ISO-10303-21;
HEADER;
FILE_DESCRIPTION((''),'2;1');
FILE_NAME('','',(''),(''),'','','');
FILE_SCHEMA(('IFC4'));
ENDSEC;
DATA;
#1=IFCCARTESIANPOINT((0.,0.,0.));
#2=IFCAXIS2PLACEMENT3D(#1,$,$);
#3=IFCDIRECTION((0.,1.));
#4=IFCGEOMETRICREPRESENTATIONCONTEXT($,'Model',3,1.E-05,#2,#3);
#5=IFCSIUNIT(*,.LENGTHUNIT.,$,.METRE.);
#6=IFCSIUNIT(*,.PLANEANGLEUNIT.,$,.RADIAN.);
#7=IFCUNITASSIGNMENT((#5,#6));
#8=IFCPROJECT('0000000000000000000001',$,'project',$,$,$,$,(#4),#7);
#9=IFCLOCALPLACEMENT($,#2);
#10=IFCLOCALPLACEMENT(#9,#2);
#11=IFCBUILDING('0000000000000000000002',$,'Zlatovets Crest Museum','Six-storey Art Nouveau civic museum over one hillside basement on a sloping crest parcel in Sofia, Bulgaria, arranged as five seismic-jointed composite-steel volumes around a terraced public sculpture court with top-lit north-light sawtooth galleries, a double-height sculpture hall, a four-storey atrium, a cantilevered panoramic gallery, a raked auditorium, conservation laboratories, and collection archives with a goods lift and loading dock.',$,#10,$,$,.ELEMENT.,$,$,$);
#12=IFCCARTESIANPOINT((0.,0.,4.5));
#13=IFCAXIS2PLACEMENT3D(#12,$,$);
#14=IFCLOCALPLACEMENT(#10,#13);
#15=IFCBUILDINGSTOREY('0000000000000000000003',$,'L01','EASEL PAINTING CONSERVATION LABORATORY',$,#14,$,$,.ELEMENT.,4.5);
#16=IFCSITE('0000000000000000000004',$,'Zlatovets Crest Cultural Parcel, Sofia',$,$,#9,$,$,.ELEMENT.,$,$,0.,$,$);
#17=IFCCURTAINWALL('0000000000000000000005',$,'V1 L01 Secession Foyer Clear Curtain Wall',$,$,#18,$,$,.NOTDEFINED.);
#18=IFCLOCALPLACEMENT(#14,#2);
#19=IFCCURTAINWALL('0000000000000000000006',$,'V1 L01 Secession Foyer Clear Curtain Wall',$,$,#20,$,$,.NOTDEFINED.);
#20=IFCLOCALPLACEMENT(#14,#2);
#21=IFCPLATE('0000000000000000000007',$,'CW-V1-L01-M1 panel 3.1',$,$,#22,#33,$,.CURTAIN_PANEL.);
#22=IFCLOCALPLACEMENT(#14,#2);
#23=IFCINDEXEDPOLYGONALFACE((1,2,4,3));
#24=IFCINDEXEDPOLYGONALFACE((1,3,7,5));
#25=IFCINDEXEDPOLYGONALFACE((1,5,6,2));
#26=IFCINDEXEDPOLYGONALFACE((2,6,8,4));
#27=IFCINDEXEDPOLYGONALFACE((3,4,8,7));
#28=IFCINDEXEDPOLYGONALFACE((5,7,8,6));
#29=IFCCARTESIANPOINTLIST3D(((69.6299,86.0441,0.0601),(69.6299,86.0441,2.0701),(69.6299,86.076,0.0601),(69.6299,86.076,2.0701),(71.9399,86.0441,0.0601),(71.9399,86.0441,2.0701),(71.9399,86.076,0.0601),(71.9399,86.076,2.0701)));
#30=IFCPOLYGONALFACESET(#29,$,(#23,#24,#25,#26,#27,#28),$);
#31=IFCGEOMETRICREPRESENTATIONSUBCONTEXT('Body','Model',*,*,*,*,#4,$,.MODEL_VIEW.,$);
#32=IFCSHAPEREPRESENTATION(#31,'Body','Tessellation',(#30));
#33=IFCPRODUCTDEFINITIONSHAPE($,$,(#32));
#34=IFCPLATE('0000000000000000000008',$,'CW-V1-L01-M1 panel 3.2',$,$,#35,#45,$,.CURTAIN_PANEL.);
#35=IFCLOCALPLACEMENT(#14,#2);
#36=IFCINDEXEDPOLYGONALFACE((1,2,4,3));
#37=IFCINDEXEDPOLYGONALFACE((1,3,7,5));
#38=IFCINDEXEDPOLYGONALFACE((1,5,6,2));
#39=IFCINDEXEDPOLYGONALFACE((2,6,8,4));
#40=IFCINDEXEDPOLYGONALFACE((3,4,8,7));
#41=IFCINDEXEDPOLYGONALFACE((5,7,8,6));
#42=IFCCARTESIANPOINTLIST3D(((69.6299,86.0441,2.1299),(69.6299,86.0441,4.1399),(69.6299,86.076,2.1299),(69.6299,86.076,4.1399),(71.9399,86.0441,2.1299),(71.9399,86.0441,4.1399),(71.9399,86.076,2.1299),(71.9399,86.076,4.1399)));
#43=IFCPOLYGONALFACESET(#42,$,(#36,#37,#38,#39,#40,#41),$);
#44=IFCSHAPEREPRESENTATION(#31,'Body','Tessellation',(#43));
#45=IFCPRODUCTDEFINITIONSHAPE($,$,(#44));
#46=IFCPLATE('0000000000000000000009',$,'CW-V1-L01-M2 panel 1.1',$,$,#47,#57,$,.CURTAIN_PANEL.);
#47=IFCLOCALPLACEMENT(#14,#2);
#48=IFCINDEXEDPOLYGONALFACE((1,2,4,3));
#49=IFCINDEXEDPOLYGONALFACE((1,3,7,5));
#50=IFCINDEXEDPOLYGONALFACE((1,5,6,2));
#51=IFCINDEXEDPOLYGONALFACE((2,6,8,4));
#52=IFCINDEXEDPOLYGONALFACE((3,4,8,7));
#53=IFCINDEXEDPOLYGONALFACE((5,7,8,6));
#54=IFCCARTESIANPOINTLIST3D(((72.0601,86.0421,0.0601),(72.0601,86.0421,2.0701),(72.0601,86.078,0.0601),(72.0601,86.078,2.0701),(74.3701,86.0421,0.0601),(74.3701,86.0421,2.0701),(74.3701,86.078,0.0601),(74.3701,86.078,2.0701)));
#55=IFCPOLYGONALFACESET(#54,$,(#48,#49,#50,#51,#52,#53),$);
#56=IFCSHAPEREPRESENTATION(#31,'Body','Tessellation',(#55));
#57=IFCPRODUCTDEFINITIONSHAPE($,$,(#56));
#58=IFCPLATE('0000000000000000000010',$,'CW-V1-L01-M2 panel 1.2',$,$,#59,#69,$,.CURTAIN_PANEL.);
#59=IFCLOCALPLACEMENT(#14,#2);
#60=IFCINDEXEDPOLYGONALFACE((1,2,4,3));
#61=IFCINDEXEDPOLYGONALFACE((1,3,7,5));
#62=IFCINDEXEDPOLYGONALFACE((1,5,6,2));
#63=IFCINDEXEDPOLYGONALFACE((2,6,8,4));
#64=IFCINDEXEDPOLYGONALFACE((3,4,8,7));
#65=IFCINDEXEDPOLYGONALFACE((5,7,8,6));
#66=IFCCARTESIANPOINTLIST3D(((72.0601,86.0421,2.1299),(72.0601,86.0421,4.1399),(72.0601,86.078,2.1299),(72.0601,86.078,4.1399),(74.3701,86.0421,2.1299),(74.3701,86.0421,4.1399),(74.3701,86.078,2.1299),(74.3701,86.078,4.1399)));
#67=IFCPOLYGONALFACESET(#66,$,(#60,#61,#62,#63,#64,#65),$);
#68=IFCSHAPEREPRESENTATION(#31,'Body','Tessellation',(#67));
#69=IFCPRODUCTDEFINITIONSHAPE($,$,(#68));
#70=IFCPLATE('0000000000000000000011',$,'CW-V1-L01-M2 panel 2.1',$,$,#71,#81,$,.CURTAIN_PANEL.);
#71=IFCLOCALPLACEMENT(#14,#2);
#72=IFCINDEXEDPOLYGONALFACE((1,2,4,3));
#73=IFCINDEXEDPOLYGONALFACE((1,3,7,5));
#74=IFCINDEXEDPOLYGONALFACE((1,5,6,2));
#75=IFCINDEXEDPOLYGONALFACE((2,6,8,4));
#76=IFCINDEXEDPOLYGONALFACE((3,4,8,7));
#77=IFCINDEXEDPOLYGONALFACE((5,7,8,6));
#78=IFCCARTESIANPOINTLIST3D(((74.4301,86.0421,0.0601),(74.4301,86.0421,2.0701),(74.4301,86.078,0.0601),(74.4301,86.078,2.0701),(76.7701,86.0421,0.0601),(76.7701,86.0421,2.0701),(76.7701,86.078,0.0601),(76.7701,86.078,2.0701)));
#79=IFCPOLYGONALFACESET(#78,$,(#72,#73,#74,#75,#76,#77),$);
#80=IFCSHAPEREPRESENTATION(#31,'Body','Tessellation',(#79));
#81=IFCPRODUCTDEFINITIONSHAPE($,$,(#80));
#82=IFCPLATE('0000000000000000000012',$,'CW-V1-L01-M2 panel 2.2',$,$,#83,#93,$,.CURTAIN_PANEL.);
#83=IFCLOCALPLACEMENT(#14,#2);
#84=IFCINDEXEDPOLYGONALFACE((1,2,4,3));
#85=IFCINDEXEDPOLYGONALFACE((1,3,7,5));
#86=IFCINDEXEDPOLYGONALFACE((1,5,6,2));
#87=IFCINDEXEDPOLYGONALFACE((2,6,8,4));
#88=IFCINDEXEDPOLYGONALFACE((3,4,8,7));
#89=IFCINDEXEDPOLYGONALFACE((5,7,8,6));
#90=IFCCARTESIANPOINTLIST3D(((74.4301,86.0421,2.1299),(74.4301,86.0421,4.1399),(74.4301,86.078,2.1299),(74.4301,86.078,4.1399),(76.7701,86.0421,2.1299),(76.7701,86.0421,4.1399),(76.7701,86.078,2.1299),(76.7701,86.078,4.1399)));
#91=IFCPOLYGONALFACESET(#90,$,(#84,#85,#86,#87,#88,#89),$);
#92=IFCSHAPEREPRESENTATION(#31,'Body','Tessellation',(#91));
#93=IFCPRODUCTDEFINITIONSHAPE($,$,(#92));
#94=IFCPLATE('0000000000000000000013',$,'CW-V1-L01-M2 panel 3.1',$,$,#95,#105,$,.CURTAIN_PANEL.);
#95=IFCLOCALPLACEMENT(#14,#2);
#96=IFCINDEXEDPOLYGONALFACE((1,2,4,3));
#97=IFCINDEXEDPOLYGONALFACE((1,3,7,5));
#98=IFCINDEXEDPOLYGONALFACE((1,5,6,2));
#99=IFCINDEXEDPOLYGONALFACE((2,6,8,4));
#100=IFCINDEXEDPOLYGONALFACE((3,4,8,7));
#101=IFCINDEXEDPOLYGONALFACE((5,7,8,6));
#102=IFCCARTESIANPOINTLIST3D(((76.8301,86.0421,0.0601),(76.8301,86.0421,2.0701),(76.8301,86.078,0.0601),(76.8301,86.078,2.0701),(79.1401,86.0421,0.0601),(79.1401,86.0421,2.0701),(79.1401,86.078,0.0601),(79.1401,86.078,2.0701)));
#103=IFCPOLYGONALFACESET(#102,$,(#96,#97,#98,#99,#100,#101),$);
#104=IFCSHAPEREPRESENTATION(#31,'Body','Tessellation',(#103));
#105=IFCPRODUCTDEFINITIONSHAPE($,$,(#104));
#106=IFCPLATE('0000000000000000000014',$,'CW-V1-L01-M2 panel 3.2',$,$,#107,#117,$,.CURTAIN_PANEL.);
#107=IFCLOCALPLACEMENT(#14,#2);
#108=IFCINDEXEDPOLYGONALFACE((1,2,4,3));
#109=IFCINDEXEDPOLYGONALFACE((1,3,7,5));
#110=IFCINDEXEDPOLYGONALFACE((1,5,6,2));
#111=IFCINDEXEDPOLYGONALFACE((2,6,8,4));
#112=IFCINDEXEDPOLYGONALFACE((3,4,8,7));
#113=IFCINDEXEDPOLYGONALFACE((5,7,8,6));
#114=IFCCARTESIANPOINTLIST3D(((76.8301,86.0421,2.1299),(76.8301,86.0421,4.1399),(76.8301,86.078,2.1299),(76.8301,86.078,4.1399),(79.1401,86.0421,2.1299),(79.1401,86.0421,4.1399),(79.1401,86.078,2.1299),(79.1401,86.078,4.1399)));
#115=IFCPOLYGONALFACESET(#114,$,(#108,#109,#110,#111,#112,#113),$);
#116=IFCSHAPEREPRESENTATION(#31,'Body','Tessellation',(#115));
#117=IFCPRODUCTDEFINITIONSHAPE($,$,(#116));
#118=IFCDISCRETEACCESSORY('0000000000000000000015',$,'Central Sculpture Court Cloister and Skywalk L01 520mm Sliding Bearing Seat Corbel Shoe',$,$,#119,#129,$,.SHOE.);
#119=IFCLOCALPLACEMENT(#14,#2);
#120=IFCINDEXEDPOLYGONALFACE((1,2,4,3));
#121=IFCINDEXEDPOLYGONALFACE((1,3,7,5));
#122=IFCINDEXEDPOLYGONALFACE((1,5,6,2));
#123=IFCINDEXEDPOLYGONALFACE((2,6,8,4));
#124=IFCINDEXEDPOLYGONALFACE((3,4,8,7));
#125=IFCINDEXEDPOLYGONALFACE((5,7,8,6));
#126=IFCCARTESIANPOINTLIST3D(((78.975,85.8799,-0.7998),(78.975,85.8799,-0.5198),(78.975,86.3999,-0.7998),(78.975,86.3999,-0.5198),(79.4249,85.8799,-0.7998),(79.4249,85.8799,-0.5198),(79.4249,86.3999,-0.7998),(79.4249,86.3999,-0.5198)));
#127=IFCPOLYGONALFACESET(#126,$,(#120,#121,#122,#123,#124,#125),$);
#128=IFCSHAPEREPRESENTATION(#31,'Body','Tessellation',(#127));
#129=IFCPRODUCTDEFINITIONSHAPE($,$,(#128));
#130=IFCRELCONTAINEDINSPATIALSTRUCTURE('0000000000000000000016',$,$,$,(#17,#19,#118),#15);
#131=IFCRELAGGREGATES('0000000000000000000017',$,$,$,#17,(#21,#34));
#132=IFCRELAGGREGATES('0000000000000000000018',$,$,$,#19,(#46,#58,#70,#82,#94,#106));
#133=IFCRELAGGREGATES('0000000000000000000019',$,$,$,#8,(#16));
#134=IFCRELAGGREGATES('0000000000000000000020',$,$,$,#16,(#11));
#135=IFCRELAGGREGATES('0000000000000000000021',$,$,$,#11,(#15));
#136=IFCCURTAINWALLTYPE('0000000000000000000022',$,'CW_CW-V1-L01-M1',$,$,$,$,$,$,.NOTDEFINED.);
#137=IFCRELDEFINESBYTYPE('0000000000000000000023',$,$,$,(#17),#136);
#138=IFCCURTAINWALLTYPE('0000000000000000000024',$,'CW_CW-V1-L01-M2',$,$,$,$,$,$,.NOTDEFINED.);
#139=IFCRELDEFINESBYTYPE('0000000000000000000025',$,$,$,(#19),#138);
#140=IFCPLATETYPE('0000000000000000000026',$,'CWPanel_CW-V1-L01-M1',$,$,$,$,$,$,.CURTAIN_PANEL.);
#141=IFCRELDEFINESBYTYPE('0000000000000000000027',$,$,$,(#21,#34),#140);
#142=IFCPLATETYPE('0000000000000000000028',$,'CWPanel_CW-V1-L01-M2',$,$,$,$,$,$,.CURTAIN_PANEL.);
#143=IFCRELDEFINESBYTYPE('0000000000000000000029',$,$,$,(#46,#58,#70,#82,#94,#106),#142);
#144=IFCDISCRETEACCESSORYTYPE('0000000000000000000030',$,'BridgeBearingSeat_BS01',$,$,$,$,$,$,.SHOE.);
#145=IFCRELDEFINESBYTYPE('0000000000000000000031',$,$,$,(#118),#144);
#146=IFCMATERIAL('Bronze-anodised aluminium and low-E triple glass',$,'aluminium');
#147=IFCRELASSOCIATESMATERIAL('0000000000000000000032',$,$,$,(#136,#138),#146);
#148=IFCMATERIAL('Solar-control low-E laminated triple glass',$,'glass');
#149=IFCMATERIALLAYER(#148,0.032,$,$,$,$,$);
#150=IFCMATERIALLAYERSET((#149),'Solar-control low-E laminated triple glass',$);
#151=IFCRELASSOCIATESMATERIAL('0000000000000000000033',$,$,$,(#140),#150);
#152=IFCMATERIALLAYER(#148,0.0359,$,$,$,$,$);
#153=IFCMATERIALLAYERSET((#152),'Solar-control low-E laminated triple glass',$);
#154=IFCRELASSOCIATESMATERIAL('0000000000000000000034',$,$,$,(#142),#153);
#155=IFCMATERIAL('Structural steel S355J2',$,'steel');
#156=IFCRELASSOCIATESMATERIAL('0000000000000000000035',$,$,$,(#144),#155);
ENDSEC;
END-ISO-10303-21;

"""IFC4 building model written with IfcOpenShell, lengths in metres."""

from ifc_helpers import new_model, si_unit, direction, frame, origin, origin_2d, place, context, subcontext, project, spatial, rectangle, extrude, material, layer, layer_set, type_object, element, aggregate, save


model = new_model("IFC4")

# Units and contexts
model_context = context("Model", 3, precision=1e-05, world=origin(), true_north=direction((0.0, 1.0)))
body_context = subcontext(model_context, "Body", "Model", "MODEL_VIEW")
ifc_project = project(units=[si_unit("LENGTHUNIT", "METRE"), si_unit("PLANEANGLEUNIT", "RADIAN")], contexts=[model_context])

# Site, building, storey
site_placement = place(None, origin())
site = spatial("IfcSite", under=ifc_project, at=site_placement, Name="Zlatovets Crest Cultural Parcel, Sofia", CompositionType="ELEMENT", RefElevation=0.0)
building_placement = place(site_placement, origin())
building = spatial("IfcBuilding", under=site, at=building_placement, Name="Zlatovets Crest Museum", Description="Six-storey Art Nouveau civic museum over one hillside basement on a sloping crest parcel in Sofia, Bulgaria, arranged as five seismic-jointed composite-steel volumes around a terraced public sculpture court with top-lit north-light sawtooth galleries, a double-height sculpture hall, a four-storey atrium, a cantilevered panoramic gallery, a raked auditorium, conservation laboratories, and collection archives with a goods lift and loading dock.", CompositionType="ELEMENT")
storey_placement = place(building_placement, frame((0.0, 0.0, 4.5)))
storey = spatial("IfcBuildingStorey", under=building, at=storey_placement, Name="L01", Description="EASEL PAINTING CONSERVATION LABORATORY", CompositionType="ELEMENT", Elevation=4.5)

# Shared definitions
ifc_material_1 = material(Name="Structural steel S355J2", Category="steel")

# Curtain walls
ifc_material_2 = material(Name="Bronze-anodised aluminium and low-E triple glass", Category="aluminium")
curtain_wall_type_1 = type_object("IfcCurtainWallType", Name="CW_CW-V1-L01-M1", PredefinedType="NOTDEFINED", material=ifc_material_2)
curtain_wall_1_placement = place(storey_placement, origin())
curtain_wall_1 = element("IfcCurtainWall", 1, at=curtain_wall_1_placement, inside=storey, type_object=curtain_wall_type_1, Name="V1 L01 Secession Foyer Clear Curtain Wall", PredefinedType="NOTDEFINED")
curtain_wall_type_2 = type_object("IfcCurtainWallType", Name="CW_CW-V1-L01-M2", PredefinedType="NOTDEFINED", material=ifc_material_2)
curtain_wall_2_placement = place(storey_placement, origin())
curtain_wall_2 = element("IfcCurtainWall", 2, at=curtain_wall_2_placement, inside=storey, type_object=curtain_wall_type_2, Name="V1 L01 Secession Foyer Clear Curtain Wall", PredefinedType="NOTDEFINED")

# Plates
ifc_material_3 = material(Name="Solar-control low-E laminated triple glass", Category="glass")
ifc_layer_1 = layer(ifc_material_3, 0.032)
ifc_layer_set_1 = layer_set([ifc_layer_1], Name="Solar-control low-E laminated triple glass")
plate_type_1 = type_object("IfcPlateType", Name="CWPanel_CW-V1-L01-M1", PredefinedType="CURTAIN_PANEL", material=ifc_layer_set_1)
plate_1_placement = place(storey_placement, frame((70.7849, 86.0601, 0.0601), z_axis=(0.0, 0.0, 1.0), x_axis=(1.0, 0.0, 0.0)))
plate_1 = element("IfcPlate", 3, at=plate_1_placement, type_object=plate_type_1, Name="CW-V1-L01-M1 panel 3.1", PredefinedType="CURTAIN_PANEL", context=body_context, shape_type="SweptSolid", body=[
    extrude(rectangle(XDim=2.3101, YDim=0.032, at=origin_2d()), origin(), (0.0, 0.0, 1.0), 2.01),
])
plate_2_placement = place(storey_placement, frame((70.7849, 86.0601, 2.1299), z_axis=(0.0, 0.0, 1.0), x_axis=(1.0, 0.0, 0.0)))
plate_2 = element("IfcPlate", 4, at=plate_2_placement, type_object=plate_type_1, Name="CW-V1-L01-M1 panel 3.2", PredefinedType="CURTAIN_PANEL", context=body_context, shape_type="SweptSolid", body=[
    extrude(rectangle(XDim=2.3101, YDim=0.032, at=origin_2d()), origin(), (0.0, 0.0, 1.0), 2.01),
])
aggregate(curtain_wall_1, [plate_1, plate_2])
ifc_layer_2 = layer(ifc_material_3, 0.0359)
ifc_layer_set_2 = layer_set([ifc_layer_2], Name="Solar-control low-E laminated triple glass")
plate_type_2 = type_object("IfcPlateType", Name="CWPanel_CW-V1-L01-M2", PredefinedType="CURTAIN_PANEL", material=ifc_layer_set_2)
plate_3_placement = place(storey_placement, frame((73.2151, 86.0601, 0.0601), z_axis=(0.0, 0.0, 1.0), x_axis=(1.0, 0.0, 0.0)))
plate_3 = element("IfcPlate", 5, at=plate_3_placement, type_object=plate_type_2, Name="CW-V1-L01-M2 panel 1.1", PredefinedType="CURTAIN_PANEL", context=body_context, shape_type="SweptSolid", body=[
    extrude(rectangle(XDim=2.3101, YDim=0.0359, at=origin_2d()), origin(), (0.0, 0.0, 1.0), 2.01),
])
plate_4_placement = place(storey_placement, frame((73.2151, 86.0601, 2.1299), z_axis=(0.0, 0.0, 1.0), x_axis=(1.0, 0.0, 0.0)))
plate_4 = element("IfcPlate", 6, at=plate_4_placement, type_object=plate_type_2, Name="CW-V1-L01-M2 panel 1.2", PredefinedType="CURTAIN_PANEL", context=body_context, shape_type="SweptSolid", body=[
    extrude(rectangle(XDim=2.3101, YDim=0.0359, at=origin_2d()), origin(), (0.0, 0.0, 1.0), 2.01),
])
plate_5_placement = place(storey_placement, frame((75.6001, 86.0601, 0.0601), z_axis=(0.0, 0.0, 1.0), x_axis=(1.0, 0.0, 0.0)))
plate_5 = element("IfcPlate", 7, at=plate_5_placement, type_object=plate_type_2, Name="CW-V1-L01-M2 panel 2.1", PredefinedType="CURTAIN_PANEL", context=body_context, shape_type="SweptSolid", body=[
    extrude(rectangle(XDim=2.3401, YDim=0.0359, at=origin_2d()), origin(), (0.0, 0.0, 1.0), 2.01),
])
plate_6_placement = place(storey_placement, frame((75.6001, 86.0601, 2.1299), z_axis=(0.0, 0.0, 1.0), x_axis=(1.0, 0.0, 0.0)))
plate_6 = element("IfcPlate", 8, at=plate_6_placement, type_object=plate_type_2, Name="CW-V1-L01-M2 panel 2.2", PredefinedType="CURTAIN_PANEL", context=body_context, shape_type="SweptSolid", body=[
    extrude(rectangle(XDim=2.3401, YDim=0.0359, at=origin_2d()), origin(), (0.0, 0.0, 1.0), 2.01),
])
plate_7_placement = place(storey_placement, frame((77.9851, 86.0601, 0.0601), z_axis=(0.0, 0.0, 1.0), x_axis=(1.0, 0.0, 0.0)))
plate_7 = element("IfcPlate", 9, at=plate_7_placement, type_object=plate_type_2, Name="CW-V1-L01-M2 panel 3.1", PredefinedType="CURTAIN_PANEL", context=body_context, shape_type="SweptSolid", body=[
    extrude(rectangle(XDim=2.3101, YDim=0.0359, at=origin_2d()), origin(), (0.0, 0.0, 1.0), 2.01),
])
plate_8_placement = place(storey_placement, frame((77.9851, 86.0601, 2.1299), z_axis=(0.0, 0.0, 1.0), x_axis=(1.0, 0.0, 0.0)))
plate_8 = element("IfcPlate", 10, at=plate_8_placement, type_object=plate_type_2, Name="CW-V1-L01-M2 panel 3.2", PredefinedType="CURTAIN_PANEL", context=body_context, shape_type="SweptSolid", body=[
    extrude(rectangle(XDim=2.3101, YDim=0.0359, at=origin_2d()), origin(), (0.0, 0.0, 1.0), 2.01),
])
aggregate(curtain_wall_2, [plate_3, plate_4, plate_5, plate_6, plate_7, plate_8])

# Discrete accessory
discrete_accessory_type = type_object("IfcDiscreteAccessoryType", Name="BridgeBearingSeat_BS01", PredefinedType="SHOE", material=ifc_material_1)
discrete_accessory_placement = place(storey_placement, frame((79.2, 86.1399, -0.7998), z_axis=(0.0, 0.0, 1.0), x_axis=(1.0, 0.0, 0.0)))
element("IfcDiscreteAccessory", 11, at=discrete_accessory_placement, inside=storey, type_object=discrete_accessory_type, Name="Central Sculpture Court Cloister and Skywalk L01 520mm Sliding Bearing Seat Corbel Shoe", PredefinedType="SHOE", context=body_context, shape_type="SweptSolid", body=[
    extrude(rectangle(XDim=0.45, YDim=0.52, at=origin_2d()), origin(), (0.0, 0.0, 1.0), 0.28),
])

save(model, "model.ifc")
